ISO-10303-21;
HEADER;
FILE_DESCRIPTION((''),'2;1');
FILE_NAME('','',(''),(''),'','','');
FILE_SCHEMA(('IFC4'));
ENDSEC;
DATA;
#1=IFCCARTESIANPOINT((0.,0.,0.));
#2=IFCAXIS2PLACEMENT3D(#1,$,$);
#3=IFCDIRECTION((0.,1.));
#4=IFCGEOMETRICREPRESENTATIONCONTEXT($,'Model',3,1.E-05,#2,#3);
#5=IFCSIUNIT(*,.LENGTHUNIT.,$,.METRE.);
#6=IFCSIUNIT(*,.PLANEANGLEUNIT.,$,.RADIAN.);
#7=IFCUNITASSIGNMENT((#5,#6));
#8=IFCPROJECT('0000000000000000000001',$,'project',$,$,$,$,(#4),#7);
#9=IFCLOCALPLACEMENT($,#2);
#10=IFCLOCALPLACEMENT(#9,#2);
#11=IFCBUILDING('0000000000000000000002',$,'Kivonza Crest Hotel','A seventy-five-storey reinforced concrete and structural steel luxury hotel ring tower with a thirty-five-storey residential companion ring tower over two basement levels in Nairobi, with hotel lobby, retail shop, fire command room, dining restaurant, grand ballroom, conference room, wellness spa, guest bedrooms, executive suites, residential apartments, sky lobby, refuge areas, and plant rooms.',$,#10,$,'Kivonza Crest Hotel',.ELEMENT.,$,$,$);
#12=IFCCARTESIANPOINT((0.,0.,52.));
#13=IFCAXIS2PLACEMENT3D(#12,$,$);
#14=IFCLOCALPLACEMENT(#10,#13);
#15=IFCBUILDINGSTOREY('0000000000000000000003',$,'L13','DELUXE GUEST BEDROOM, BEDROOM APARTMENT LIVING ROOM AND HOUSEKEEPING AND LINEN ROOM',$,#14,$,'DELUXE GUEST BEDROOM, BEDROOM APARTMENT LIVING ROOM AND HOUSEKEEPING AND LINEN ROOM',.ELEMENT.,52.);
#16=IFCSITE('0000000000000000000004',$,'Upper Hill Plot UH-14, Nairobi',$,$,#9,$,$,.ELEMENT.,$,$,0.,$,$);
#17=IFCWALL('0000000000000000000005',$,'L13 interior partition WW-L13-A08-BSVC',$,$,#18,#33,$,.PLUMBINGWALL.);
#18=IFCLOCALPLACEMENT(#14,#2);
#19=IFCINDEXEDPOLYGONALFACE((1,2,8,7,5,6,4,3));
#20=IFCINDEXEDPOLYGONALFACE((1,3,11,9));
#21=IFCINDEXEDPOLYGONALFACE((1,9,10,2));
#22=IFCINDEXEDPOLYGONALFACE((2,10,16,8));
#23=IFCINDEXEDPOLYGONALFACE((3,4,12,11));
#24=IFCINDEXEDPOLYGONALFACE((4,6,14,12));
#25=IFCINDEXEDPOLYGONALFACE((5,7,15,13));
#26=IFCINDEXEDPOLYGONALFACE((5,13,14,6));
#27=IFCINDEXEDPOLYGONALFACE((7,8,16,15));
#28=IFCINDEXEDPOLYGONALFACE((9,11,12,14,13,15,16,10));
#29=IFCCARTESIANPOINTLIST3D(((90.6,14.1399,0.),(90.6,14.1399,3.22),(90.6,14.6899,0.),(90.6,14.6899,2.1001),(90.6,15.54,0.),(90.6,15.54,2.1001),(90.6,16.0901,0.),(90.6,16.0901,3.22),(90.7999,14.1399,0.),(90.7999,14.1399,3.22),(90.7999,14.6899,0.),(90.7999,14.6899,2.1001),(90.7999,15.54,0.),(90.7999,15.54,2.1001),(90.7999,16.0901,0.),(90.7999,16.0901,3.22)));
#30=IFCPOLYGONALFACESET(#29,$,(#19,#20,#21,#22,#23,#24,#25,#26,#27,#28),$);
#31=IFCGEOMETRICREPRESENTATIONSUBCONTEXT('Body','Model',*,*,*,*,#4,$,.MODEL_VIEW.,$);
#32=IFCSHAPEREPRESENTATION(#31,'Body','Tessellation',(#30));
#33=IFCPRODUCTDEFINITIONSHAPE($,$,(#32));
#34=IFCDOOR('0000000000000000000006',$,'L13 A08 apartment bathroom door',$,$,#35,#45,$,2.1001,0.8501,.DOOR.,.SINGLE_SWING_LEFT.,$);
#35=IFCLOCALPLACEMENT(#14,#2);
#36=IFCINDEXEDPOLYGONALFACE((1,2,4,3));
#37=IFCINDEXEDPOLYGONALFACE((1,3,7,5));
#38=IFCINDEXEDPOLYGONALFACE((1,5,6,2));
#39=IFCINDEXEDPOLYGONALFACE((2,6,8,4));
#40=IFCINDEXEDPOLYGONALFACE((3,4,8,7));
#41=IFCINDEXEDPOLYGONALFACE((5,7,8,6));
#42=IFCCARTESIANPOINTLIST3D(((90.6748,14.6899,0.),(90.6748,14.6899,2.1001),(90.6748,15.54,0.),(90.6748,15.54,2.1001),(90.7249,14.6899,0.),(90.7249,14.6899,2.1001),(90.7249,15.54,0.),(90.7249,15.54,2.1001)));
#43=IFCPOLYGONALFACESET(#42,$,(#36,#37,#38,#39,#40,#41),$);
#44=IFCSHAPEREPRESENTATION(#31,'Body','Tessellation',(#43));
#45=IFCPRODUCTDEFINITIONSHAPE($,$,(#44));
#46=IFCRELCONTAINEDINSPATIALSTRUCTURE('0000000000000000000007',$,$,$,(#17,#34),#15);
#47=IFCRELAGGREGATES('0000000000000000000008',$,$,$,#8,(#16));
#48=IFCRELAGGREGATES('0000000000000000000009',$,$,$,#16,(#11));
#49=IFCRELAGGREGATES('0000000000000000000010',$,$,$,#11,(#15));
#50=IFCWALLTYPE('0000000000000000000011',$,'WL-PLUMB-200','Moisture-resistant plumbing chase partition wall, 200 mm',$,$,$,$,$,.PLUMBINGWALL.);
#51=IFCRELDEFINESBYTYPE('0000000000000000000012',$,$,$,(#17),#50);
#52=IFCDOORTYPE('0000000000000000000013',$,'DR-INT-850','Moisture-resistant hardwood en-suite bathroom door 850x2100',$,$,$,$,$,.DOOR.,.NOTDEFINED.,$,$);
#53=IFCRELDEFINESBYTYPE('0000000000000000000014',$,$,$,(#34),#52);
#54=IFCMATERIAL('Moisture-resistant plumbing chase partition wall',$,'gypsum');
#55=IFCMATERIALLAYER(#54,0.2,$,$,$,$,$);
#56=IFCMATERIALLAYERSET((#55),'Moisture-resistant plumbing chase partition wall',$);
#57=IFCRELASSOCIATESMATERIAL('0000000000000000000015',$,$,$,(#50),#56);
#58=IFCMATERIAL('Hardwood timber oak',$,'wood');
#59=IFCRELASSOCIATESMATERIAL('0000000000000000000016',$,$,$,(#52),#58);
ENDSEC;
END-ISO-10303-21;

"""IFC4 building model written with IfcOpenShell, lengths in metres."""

from ifc_helpers import new_model, si_unit, direction, frame, frame_2d, origin, place, context, subcontext, project, spatial, rectangle, extrude, material, layer, layer_set, type_object, element, fill, save


model = new_model("IFC4")

# Units and contexts
model_context = context("Model", 3, precision=1e-05, world=origin(), true_north=direction((0.0, 1.0)))
body_context = subcontext(model_context, "Body", "Model", "MODEL_VIEW")
ifc_project = project(units=[si_unit("LENGTHUNIT", "METRE"), si_unit("PLANEANGLEUNIT", "RADIAN")], contexts=[model_context])

# Site, building, storey
site_placement = place(None, origin())
site = spatial("IfcSite", under=ifc_project, at=site_placement, Name="Upper Hill Plot UH-14, Nairobi", CompositionType="ELEMENT", RefElevation=0.0)
building_placement = place(site_placement, origin())
building = spatial("IfcBuilding", under=site, at=building_placement, Name="Kivonza Crest Hotel", Description="A seventy-five-storey reinforced concrete and structural steel luxury hotel ring tower with a thirty-five-storey residential companion ring tower over two basement levels in Nairobi, with hotel lobby, retail shop, fire command room, dining restaurant, grand ballroom, conference room, wellness spa, guest bedrooms, executive suites, residential apartments, sky lobby, refuge areas, and plant rooms.", LongName="Kivonza Crest Hotel", CompositionType="ELEMENT")
storey_placement = place(building_placement, frame((0.0, 0.0, 52.0)))
storey = spatial("IfcBuildingStorey", under=building, at=storey_placement, Name="L13", Description="DELUXE GUEST BEDROOM, BEDROOM APARTMENT LIVING ROOM AND HOUSEKEEPING AND LINEN ROOM", LongName="DELUXE GUEST BEDROOM, BEDROOM APARTMENT LIVING ROOM AND HOUSEKEEPING AND LINEN ROOM", CompositionType="ELEMENT", Elevation=52.0)

# Shared definitions
ifc_material_1 = material(Name="Hardwood timber oak", Category="wood")

# Wall, opening, door
ifc_material_2 = material(Name="Moisture-resistant plumbing chase partition wall", Category="gypsum")
ifc_layer_1 = layer(ifc_material_2, 0.2)
ifc_layer_set_1 = layer_set([ifc_layer_1], Name="Moisture-resistant plumbing chase partition wall")
wall_type_1 = type_object("IfcWallType", Name="WL-PLUMB-200", Description="Moisture-resistant plumbing chase partition wall, 200 mm", PredefinedType="PLUMBINGWALL", material=ifc_layer_set_1)
wall_1_placement = place(storey_placement, frame((90.7, 14.1399, 0.0), z_axis=(0.0, 0.0, 1.0), x_axis=(0.0, 1.0, 0.0)))
wall_1 = element("IfcWall", 1, at=wall_1_placement, inside=storey, type_object=wall_type_1, Name="L13 interior partition WW-L13-A08-BSVC", PredefinedType="PLUMBINGWALL", context=body_context, shape_type="SweptSolid", body=[
    extrude(rectangle(XDim=1.9502, YDim=0.2, at=frame_2d((0.9751, 0.0))), origin(), (0.0, 0.0, 1.0), 3.22),
])
opening_1_placement = place(wall_1_placement, frame((0.55, 0.0, 0.0)))
opening_1 = element("IfcOpeningElement", 2, at=opening_1_placement, cuts=wall_1, PredefinedType="OPENING", context=body_context, shape_type="SweptSolid", body=[
    extrude(rectangle(XDim=0.8501, YDim=2.1001, at=frame_2d((0.425, 1.05))), frame((0.0, 0.1099, 0.0), z_axis=(0.0, -1.0, 0.0), x_axis=(1.0, 0.0, 0.0)), (0.0, 0.0, 1.0), 0.22),
])
door_type_1 = type_object("IfcDoorType", Name="DR-INT-850", Description="Moisture-resistant hardwood en-suite bathroom door 850x2100", OperationType="NOTDEFINED", PredefinedType="DOOR", material=ifc_material_1)
door_1_placement = place(opening_1_placement, frame((0.8501, 0.0, 0.0), z_axis=(0.0, 0.0, 1.0), x_axis=(-1.0, 0.0, 0.0)))
door_1 = element("IfcDoor", 3, at=door_1_placement, inside=storey, type_object=door_type_1, Name="L13 A08 apartment bathroom door", OperationType="SINGLE_SWING_LEFT", OverallHeight=2.1001, OverallWidth=0.8501, PredefinedType="DOOR", context=body_context, shape_type="SweptSolid", body=[
    extrude(rectangle(XDim=0.8501, YDim=2.1001, at=frame_2d((0.425, 1.05))), frame((0.0, 0.0249, 0.0), z_axis=(0.0, -1.0, 0.0), x_axis=(1.0, 0.0, 0.0)), (0.0, 0.0, 1.0), 0.05),
])
fill(opening_1, door_1)

save(model, "model.ifc")
